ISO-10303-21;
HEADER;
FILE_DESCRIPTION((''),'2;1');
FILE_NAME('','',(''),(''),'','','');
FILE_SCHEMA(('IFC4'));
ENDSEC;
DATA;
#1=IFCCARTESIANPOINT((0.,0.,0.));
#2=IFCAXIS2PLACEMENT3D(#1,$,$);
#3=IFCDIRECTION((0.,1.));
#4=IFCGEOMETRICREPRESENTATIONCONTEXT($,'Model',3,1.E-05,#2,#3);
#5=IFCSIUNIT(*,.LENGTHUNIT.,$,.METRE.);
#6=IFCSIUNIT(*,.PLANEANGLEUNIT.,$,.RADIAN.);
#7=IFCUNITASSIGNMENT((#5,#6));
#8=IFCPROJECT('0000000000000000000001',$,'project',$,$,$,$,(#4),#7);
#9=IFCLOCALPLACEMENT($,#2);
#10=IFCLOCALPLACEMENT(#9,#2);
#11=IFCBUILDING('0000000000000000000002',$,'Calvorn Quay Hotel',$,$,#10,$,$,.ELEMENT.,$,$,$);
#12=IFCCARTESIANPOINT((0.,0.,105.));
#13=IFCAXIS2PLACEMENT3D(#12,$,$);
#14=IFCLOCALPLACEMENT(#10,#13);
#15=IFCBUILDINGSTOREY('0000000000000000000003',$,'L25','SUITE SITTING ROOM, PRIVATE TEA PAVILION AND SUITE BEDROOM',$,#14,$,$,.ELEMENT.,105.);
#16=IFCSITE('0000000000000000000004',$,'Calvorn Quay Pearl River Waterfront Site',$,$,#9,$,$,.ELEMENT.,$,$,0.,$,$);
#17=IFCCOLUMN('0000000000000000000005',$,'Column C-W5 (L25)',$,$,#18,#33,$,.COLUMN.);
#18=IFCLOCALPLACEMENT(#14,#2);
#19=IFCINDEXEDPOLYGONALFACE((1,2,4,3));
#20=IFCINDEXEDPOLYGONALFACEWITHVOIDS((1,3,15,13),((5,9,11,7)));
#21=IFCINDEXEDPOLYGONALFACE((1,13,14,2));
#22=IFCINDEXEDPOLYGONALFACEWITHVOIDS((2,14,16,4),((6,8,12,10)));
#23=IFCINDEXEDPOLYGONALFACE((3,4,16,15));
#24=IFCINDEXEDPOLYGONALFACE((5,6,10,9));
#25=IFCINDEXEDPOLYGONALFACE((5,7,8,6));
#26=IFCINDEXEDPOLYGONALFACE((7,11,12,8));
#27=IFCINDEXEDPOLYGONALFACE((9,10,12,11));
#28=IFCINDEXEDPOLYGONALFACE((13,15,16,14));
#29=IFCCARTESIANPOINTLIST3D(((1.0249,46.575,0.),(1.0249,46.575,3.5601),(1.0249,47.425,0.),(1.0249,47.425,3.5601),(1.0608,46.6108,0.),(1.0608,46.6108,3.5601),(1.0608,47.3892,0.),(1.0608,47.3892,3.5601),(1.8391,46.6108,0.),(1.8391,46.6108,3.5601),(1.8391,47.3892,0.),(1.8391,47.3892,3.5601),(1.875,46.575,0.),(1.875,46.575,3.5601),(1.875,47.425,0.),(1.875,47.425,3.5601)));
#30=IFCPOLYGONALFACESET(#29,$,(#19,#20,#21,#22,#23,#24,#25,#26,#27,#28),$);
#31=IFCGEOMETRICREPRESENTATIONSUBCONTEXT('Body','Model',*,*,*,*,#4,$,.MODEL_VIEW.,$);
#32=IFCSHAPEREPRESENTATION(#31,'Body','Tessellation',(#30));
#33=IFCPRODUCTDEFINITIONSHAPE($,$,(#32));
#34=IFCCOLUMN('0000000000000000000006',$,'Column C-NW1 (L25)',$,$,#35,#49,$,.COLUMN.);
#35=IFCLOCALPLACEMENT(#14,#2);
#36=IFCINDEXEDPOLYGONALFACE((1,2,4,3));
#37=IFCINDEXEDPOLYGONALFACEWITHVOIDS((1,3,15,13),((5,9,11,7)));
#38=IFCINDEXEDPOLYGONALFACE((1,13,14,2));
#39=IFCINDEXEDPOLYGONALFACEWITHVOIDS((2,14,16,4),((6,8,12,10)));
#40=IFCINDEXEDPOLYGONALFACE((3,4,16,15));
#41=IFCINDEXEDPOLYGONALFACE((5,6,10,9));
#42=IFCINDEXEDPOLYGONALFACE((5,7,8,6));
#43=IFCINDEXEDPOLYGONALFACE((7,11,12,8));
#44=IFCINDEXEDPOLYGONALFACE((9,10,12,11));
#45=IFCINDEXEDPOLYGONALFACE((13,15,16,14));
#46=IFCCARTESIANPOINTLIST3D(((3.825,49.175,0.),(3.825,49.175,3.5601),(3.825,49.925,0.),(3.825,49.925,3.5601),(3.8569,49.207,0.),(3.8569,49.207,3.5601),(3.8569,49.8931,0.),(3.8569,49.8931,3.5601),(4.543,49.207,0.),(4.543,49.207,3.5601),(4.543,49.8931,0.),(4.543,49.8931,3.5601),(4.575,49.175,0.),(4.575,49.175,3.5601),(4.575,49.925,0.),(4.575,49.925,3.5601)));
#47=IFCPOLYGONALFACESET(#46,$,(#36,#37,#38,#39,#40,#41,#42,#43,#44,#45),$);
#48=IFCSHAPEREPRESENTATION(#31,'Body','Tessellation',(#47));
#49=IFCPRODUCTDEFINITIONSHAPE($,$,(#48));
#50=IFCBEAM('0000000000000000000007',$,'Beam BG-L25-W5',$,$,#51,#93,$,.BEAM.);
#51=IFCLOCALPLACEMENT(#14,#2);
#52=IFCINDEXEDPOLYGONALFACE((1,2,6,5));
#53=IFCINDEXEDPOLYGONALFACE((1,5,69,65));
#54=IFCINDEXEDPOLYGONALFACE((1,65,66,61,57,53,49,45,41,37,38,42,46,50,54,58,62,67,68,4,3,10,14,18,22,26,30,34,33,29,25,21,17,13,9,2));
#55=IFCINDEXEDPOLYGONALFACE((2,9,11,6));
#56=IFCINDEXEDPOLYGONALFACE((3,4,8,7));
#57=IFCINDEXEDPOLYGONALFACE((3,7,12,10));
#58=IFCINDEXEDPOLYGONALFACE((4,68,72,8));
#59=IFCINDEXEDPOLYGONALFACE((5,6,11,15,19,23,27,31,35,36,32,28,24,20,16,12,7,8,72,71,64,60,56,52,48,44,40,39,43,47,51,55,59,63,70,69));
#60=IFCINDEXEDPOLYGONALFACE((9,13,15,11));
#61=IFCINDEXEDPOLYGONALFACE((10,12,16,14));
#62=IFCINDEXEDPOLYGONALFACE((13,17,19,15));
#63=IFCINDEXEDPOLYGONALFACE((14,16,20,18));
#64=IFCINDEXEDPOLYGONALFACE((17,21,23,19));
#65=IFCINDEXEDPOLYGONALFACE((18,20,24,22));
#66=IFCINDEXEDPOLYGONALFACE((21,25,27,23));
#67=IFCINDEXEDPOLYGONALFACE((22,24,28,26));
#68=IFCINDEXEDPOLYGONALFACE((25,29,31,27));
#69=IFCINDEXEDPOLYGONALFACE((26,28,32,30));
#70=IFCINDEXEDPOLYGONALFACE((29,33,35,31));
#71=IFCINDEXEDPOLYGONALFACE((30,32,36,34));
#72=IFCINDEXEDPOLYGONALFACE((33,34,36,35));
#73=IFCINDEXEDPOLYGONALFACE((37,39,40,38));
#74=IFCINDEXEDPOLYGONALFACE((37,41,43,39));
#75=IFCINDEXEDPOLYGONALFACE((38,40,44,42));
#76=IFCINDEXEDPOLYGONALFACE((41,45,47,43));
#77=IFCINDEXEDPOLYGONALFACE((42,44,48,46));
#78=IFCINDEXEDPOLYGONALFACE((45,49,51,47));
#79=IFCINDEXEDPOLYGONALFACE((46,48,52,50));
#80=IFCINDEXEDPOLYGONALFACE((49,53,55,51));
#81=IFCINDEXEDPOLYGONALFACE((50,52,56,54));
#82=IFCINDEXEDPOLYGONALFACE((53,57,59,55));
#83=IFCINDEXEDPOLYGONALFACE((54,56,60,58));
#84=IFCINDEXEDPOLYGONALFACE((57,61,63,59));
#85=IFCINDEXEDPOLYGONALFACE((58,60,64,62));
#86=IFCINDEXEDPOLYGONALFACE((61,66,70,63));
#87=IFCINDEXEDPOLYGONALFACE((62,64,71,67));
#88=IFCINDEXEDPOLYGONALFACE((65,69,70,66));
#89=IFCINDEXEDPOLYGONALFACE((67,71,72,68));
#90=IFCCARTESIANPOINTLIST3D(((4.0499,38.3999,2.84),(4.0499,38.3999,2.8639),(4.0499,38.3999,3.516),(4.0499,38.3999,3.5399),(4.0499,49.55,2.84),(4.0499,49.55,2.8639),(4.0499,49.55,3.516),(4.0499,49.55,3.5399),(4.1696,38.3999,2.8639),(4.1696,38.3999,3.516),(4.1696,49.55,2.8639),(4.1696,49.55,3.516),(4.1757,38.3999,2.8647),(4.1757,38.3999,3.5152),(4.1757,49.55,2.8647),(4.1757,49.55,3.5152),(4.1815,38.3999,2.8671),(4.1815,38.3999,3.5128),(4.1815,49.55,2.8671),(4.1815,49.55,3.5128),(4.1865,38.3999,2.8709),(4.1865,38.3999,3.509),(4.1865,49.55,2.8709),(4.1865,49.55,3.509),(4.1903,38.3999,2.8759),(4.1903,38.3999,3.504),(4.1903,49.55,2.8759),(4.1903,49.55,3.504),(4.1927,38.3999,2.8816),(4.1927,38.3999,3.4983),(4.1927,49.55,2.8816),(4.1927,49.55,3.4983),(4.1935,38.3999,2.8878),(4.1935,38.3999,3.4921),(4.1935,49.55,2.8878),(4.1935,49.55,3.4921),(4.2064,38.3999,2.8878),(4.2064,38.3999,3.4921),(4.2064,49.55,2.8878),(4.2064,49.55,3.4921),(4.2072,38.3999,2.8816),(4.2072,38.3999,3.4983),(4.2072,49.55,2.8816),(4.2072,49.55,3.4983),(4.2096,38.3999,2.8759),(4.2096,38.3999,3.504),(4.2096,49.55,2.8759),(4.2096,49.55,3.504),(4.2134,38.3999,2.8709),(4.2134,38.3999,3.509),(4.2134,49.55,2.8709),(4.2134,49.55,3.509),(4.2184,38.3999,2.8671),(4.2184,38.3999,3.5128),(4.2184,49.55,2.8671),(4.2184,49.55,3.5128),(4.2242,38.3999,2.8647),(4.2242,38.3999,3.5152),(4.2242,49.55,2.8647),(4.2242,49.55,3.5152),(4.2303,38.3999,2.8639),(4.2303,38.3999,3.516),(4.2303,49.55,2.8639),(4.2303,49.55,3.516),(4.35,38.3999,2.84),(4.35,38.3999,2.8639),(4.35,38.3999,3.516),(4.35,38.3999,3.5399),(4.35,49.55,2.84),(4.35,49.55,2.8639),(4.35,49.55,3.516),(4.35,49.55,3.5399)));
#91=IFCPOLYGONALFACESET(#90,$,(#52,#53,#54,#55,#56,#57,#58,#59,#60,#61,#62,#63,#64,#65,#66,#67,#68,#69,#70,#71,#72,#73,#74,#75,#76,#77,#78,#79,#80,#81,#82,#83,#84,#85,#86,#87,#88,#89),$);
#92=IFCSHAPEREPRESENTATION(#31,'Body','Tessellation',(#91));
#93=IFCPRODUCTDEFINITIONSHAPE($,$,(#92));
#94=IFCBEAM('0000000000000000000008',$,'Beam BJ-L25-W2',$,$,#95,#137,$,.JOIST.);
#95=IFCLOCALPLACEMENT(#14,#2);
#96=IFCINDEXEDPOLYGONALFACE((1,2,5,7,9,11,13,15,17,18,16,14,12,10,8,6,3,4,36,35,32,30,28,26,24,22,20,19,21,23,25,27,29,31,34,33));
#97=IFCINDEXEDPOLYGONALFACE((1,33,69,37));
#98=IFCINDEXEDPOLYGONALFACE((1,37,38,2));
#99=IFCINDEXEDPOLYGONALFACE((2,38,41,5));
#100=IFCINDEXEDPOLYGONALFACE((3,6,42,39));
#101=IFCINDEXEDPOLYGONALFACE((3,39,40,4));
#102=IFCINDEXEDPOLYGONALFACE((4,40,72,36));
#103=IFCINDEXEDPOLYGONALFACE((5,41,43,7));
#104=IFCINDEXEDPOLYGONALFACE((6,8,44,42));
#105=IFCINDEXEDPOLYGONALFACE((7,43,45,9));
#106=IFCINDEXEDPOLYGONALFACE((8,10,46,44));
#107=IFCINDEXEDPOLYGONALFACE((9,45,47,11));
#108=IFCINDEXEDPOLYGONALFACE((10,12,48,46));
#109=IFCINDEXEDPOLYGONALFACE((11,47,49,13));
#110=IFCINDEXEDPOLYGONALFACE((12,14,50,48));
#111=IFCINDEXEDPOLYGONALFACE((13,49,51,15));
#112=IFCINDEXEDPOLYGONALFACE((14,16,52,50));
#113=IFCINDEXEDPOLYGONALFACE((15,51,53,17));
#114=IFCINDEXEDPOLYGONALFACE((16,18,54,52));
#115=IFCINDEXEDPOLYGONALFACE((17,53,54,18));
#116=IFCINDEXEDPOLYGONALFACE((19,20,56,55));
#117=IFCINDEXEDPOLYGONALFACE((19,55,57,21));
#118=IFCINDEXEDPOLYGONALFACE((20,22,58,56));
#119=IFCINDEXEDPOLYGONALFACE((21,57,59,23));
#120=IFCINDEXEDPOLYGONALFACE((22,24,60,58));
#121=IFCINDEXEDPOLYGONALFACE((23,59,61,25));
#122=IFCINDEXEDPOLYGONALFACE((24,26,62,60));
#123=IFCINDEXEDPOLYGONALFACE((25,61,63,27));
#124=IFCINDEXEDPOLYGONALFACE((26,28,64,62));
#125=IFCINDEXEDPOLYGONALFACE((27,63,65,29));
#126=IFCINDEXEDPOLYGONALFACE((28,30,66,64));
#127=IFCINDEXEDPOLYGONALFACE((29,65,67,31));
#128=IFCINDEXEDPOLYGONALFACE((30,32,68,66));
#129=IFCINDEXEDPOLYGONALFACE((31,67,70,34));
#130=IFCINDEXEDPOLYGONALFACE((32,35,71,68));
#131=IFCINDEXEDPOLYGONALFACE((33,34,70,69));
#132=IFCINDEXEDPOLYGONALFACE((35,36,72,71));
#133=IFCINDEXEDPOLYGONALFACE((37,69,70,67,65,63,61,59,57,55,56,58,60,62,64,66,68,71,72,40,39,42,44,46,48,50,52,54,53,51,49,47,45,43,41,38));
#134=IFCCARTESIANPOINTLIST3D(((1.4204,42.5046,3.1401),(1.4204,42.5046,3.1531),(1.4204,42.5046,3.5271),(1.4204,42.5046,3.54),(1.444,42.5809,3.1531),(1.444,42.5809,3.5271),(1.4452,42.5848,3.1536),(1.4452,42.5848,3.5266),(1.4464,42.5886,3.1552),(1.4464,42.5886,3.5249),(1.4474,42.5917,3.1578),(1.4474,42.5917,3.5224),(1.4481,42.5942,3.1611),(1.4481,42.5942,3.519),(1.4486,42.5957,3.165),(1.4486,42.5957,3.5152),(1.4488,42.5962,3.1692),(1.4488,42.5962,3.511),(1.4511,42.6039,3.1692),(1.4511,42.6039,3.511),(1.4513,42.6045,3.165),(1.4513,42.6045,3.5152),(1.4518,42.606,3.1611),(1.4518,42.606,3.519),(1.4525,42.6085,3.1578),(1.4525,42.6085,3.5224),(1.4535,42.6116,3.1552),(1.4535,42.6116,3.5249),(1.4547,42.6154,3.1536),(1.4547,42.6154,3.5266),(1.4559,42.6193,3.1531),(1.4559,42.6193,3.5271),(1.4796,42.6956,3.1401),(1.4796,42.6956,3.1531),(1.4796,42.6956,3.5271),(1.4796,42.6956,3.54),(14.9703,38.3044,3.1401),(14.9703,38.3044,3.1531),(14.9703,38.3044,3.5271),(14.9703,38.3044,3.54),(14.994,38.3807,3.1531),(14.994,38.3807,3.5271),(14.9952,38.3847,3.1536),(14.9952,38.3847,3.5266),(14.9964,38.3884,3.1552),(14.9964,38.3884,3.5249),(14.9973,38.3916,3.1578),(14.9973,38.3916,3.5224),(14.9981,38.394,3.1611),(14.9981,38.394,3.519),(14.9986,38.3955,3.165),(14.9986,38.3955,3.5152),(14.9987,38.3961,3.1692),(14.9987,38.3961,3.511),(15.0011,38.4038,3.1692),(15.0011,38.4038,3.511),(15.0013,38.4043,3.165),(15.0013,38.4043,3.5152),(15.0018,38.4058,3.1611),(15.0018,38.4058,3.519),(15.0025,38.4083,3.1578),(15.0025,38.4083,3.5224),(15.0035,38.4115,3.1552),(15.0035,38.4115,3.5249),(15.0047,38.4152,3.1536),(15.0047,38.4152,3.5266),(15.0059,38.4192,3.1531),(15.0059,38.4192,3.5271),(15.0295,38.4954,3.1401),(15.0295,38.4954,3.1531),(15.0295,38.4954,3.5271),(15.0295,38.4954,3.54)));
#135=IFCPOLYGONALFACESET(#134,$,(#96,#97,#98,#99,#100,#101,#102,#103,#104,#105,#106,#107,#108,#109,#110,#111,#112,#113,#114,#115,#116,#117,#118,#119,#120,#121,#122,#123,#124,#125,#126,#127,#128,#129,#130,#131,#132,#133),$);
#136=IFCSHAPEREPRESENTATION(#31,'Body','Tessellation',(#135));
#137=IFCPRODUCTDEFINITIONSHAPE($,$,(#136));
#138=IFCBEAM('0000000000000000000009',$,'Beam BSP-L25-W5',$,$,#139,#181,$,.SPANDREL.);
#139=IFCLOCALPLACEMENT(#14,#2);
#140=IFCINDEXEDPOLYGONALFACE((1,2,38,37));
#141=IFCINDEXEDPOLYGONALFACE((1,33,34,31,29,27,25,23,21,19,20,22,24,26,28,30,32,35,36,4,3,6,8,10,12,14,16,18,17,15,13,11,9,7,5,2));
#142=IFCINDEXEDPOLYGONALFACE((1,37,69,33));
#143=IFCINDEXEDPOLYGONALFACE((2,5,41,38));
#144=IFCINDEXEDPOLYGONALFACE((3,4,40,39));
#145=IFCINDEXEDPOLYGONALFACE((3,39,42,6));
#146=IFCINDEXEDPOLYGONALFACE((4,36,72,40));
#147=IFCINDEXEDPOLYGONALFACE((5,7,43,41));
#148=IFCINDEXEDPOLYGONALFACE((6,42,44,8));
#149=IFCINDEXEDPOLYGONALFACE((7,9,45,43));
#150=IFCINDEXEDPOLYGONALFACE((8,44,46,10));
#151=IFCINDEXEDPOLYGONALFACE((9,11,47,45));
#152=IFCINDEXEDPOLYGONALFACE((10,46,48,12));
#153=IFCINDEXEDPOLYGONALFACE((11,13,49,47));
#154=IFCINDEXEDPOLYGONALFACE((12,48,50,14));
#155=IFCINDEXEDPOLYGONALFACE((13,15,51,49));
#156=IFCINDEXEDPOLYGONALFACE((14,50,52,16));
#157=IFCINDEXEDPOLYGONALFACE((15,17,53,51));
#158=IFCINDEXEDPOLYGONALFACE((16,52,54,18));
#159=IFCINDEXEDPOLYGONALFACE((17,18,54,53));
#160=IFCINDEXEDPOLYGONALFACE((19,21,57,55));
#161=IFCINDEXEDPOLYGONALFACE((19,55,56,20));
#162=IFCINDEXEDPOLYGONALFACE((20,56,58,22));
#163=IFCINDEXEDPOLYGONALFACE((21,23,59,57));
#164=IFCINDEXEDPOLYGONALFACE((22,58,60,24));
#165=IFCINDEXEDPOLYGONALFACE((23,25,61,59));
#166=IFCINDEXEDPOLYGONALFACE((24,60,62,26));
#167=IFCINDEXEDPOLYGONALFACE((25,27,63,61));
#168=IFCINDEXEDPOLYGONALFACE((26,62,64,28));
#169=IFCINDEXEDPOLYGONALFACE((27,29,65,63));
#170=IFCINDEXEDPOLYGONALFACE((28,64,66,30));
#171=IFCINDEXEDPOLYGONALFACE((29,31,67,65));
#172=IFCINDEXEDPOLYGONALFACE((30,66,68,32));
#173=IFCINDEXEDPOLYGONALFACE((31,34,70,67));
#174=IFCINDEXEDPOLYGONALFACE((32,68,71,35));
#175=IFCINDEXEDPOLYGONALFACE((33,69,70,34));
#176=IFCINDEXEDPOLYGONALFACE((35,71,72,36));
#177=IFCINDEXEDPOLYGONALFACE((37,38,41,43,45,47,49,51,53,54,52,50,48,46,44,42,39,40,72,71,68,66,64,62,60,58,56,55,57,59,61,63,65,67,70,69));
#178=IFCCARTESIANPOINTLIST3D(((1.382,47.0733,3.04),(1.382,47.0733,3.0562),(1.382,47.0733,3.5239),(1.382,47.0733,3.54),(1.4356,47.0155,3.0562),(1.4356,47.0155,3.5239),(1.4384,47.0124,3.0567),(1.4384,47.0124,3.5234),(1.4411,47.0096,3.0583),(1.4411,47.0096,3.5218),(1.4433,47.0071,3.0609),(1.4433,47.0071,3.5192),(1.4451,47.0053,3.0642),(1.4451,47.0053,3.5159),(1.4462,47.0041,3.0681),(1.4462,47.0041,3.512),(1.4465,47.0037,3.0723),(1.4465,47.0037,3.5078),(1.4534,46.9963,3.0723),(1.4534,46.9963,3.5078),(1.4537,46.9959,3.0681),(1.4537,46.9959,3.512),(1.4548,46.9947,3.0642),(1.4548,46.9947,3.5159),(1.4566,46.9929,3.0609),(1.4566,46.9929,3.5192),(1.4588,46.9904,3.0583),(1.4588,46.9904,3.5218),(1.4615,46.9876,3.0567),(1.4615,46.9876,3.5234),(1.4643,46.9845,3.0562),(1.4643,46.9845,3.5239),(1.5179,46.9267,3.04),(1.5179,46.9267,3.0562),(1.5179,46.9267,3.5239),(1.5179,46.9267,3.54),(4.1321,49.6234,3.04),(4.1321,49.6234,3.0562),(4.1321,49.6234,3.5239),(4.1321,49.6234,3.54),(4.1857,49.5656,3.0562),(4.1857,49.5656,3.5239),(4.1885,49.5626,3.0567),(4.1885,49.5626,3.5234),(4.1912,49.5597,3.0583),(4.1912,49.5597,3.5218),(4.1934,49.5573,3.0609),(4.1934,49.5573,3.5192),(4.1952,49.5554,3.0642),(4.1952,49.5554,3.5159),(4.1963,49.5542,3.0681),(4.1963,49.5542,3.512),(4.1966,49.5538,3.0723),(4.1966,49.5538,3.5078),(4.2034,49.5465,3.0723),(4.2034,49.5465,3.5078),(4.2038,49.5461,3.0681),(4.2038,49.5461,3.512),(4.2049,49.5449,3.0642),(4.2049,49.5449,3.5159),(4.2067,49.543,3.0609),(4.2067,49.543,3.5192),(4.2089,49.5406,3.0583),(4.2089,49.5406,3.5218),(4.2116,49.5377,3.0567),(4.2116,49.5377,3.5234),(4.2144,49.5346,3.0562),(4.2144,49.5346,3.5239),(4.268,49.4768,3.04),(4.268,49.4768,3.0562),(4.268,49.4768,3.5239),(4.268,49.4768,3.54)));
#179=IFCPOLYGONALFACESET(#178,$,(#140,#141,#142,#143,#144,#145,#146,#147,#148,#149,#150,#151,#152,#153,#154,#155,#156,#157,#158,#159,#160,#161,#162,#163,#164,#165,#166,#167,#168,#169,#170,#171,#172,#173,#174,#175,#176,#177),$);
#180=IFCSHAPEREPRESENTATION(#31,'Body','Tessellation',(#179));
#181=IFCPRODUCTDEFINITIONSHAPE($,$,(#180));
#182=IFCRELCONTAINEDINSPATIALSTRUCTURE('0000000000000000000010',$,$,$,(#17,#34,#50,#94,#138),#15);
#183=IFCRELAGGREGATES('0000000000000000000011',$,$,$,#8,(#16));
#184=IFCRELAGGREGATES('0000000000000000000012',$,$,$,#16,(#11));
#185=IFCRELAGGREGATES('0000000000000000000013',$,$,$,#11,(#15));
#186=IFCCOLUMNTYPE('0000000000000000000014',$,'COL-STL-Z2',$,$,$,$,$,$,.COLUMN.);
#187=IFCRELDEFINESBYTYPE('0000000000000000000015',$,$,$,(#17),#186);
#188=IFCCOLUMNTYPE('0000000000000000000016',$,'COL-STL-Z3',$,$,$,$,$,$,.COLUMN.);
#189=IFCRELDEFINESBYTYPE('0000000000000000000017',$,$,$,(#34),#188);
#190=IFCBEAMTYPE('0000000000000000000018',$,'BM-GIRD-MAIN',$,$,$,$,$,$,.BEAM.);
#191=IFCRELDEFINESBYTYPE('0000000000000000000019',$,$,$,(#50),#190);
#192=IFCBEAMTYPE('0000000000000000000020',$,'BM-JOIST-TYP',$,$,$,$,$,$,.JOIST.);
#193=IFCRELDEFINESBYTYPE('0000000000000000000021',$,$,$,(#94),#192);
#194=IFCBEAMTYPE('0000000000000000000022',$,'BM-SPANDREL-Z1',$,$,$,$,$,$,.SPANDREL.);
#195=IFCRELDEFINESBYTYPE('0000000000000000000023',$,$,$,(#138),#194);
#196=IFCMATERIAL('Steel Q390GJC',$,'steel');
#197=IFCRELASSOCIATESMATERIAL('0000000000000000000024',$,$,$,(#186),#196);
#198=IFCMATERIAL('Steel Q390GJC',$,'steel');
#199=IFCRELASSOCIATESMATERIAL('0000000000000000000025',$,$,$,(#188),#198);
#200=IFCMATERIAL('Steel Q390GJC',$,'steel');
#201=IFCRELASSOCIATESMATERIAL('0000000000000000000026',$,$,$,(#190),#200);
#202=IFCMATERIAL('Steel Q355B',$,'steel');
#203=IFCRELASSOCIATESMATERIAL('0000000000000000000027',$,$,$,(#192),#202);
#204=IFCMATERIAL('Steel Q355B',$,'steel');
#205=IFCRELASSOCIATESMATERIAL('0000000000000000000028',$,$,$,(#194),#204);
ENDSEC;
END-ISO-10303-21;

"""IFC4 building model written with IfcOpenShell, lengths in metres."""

from ifc_helpers import new_model, si_unit, direction, frame, origin, origin_2d, place, context, subcontext, project, spatial, hollow_rectangle, i_section, extrude, material, material_profile, profile_set, type_object, element, save


model = new_model("IFC4")

# Units and contexts
model_context = context("Model", 3, precision=1e-05, world=origin(), true_north=direction((0.0, 1.0)))
body_context = subcontext(model_context, "Body", "Model", "MODEL_VIEW")
ifc_project = project(units=[si_unit("LENGTHUNIT", "METRE"), si_unit("PLANEANGLEUNIT", "RADIAN")], contexts=[model_context])

# Site, building, storey
site_placement = place(None, origin())
site = spatial("IfcSite", under=ifc_project, at=site_placement, Name="Calvorn Quay Pearl River Waterfront Site", CompositionType="ELEMENT", RefElevation=0.0)
building_placement = place(site_placement, origin())
building = spatial("IfcBuilding", under=site, at=building_placement, Name="Calvorn Quay Hotel", CompositionType="ELEMENT")
storey_placement = place(building_placement, frame((0.0, 0.0, 105.0)))
storey = spatial("IfcBuildingStorey", under=building, at=storey_placement, Name="L25", Description="SUITE SITTING ROOM, PRIVATE TEA PAVILION AND SUITE BEDROOM", CompositionType="ELEMENT", Elevation=105.0)

# Columns
ifc_material_1 = material(Name="Steel Q390GJC", Category="steel")
ifc_material_profile_1 = material_profile(ifc_material_1, hollow_rectangle(XDim=0.8501, YDim=0.8501, WallThickness=0.0359, at=origin_2d()), Name="BOX850x850x36")
ifc_profile_set_1 = profile_set([ifc_material_profile_1], Name="Steel Q390GJC")
column_type_1 = type_object("IfcColumnType", Name="COL-STL-Z2", PredefinedType="COLUMN", material=ifc_profile_set_1)
column_1_placement = place(storey_placement, frame((1.45, 47.0, 0.0), z_axis=(0.0, 0.0, 1.0), x_axis=(1.0, 0.0, 0.0)))
element("IfcColumn", 1, at=column_1_placement, inside=storey, type_object=column_type_1, Name="Column C-W5 (L25)", PredefinedType="COLUMN", context=body_context, shape_type="SweptSolid", body=[
    extrude(hollow_rectangle(XDim=0.8501, YDim=0.8501, WallThickness=0.0359, at=origin_2d()), origin(), (0.0, 0.0, 1.0), 3.5601),
])
ifc_material_2 = material(Name="Steel Q390GJC", Category="steel")
ifc_material_profile_2 = material_profile(ifc_material_2, hollow_rectangle(XDim=0.75, YDim=0.75, WallThickness=0.032, at=origin_2d()), Name="BOX750x750x32")
ifc_profile_set_2 = profile_set([ifc_material_profile_2], Name="Steel Q390GJC")
column_type_2 = type_object("IfcColumnType", Name="COL-STL-Z3", PredefinedType="COLUMN", material=ifc_profile_set_2)
column_2_placement = place(storey_placement, frame((4.2, 49.55, 0.0), z_axis=(0.0, 0.0, 1.0), x_axis=(1.0, 0.0, 0.0)))
element("IfcColumn", 2, at=column_2_placement, inside=storey, type_object=column_type_2, Name="Column C-NW1 (L25)", PredefinedType="COLUMN", context=body_context, shape_type="SweptSolid", body=[
    extrude(hollow_rectangle(XDim=0.75, YDim=0.75, WallThickness=0.032, at=origin_2d()), origin(), (0.0, 0.0, 1.0), 3.5601),
])

# Beams
ifc_material_3 = material(Name="Steel Q390GJC", Category="steel")
ifc_material_profile_3 = material_profile(ifc_material_3, i_section(OverallWidth=0.3, OverallDepth=0.7, WebThickness=0.0129, FlangeThickness=0.0239, FilletRadius=0.0239, at=origin_2d()), Name="HN700x300x13x24")
ifc_profile_set_3 = profile_set([ifc_material_profile_3], Name="Steel Q390GJC")
beam_type_1 = type_object("IfcBeamType", Name="BM-GIRD-MAIN", PredefinedType="BEAM", material=ifc_profile_set_3)
beam_1_placement = place(storey_placement, frame((4.2, 49.55, 3.1899), z_axis=(0.0, -1.0, 0.0), x_axis=(1.0, 0.0, 0.0)))
element("IfcBeam", 3, at=beam_1_placement, inside=storey, type_object=beam_type_1, Name="Beam BG-L25-W5", PredefinedType="BEAM", context=body_context, shape_type="SweptSolid", body=[
    extrude(i_section(OverallWidth=0.3, OverallDepth=0.7, WebThickness=0.0129, FlangeThickness=0.0239, FilletRadius=0.0239, at=origin_2d()), origin(), (0.0, 0.0, 1.0), 11.1501),
])
ifc_material_4 = material(Name="Steel Q355B", Category="steel")
ifc_material_profile_4 = material_profile(ifc_material_4, i_section(OverallWidth=0.2, OverallDepth=0.3999, WebThickness=0.0081, FlangeThickness=0.0129, FilletRadius=0.0161, at=origin_2d()), Name="HN400x200x8x13")
ifc_profile_set_4 = profile_set([ifc_material_profile_4], Name="Steel Q355B")
beam_type_2 = type_object("IfcBeamType", Name="BM-JOIST-TYP", PredefinedType="JOIST", material=ifc_profile_set_4)
beam_2_placement = place(storey_placement, frame((1.45, 42.6001, 3.3401), z_axis=(0.955164, -0.296078, 0.0), x_axis=(0.296078, 0.955164, 0.0)))
element("IfcBeam", 4, at=beam_2_placement, inside=storey, type_object=beam_type_2, Name="Beam BJ-L25-W2", PredefinedType="JOIST", context=body_context, shape_type="SweptSolid", body=[
    extrude(i_section(OverallWidth=0.2, OverallDepth=0.3999, WebThickness=0.0081, FlangeThickness=0.0129, FilletRadius=0.0161, at=origin_2d()), origin(), (0.0, 0.0, 1.0), 14.186),
])
ifc_material_5 = material(Name="Steel Q355B", Category="steel")
ifc_material_profile_5 = material_profile(ifc_material_5, i_section(OverallWidth=0.2, OverallDepth=0.5, WebThickness=0.01, FlangeThickness=0.0161, FilletRadius=0.0161, at=origin_2d()), Name="HN500x200x10x16")
ifc_profile_set_5 = profile_set([ifc_material_profile_5], Name="Steel Q355B")
beam_type_3 = type_object("IfcBeamType", Name="BM-SPANDREL-Z1", PredefinedType="SPANDREL", material=ifc_profile_set_5)
beam_3_placement = place(storey_placement, frame((1.45, 47.0, 3.29), z_axis=(0.733262, 0.679947, 0.0), x_axis=(-0.679947, 0.733262, 0.0)))
element("IfcBeam", 5, at=beam_3_placement, inside=storey, type_object=beam_type_3, Name="Beam BSP-L25-W5", PredefinedType="SPANDREL", context=body_context, shape_type="SweptSolid", body=[
    extrude(i_section(OverallWidth=0.2, OverallDepth=0.5, WebThickness=0.01, FlangeThickness=0.0161, FilletRadius=0.0161, at=origin_2d()), origin(), (0.0, 0.0, 1.0), 3.7505),
])

save(model, "model.ifc")
